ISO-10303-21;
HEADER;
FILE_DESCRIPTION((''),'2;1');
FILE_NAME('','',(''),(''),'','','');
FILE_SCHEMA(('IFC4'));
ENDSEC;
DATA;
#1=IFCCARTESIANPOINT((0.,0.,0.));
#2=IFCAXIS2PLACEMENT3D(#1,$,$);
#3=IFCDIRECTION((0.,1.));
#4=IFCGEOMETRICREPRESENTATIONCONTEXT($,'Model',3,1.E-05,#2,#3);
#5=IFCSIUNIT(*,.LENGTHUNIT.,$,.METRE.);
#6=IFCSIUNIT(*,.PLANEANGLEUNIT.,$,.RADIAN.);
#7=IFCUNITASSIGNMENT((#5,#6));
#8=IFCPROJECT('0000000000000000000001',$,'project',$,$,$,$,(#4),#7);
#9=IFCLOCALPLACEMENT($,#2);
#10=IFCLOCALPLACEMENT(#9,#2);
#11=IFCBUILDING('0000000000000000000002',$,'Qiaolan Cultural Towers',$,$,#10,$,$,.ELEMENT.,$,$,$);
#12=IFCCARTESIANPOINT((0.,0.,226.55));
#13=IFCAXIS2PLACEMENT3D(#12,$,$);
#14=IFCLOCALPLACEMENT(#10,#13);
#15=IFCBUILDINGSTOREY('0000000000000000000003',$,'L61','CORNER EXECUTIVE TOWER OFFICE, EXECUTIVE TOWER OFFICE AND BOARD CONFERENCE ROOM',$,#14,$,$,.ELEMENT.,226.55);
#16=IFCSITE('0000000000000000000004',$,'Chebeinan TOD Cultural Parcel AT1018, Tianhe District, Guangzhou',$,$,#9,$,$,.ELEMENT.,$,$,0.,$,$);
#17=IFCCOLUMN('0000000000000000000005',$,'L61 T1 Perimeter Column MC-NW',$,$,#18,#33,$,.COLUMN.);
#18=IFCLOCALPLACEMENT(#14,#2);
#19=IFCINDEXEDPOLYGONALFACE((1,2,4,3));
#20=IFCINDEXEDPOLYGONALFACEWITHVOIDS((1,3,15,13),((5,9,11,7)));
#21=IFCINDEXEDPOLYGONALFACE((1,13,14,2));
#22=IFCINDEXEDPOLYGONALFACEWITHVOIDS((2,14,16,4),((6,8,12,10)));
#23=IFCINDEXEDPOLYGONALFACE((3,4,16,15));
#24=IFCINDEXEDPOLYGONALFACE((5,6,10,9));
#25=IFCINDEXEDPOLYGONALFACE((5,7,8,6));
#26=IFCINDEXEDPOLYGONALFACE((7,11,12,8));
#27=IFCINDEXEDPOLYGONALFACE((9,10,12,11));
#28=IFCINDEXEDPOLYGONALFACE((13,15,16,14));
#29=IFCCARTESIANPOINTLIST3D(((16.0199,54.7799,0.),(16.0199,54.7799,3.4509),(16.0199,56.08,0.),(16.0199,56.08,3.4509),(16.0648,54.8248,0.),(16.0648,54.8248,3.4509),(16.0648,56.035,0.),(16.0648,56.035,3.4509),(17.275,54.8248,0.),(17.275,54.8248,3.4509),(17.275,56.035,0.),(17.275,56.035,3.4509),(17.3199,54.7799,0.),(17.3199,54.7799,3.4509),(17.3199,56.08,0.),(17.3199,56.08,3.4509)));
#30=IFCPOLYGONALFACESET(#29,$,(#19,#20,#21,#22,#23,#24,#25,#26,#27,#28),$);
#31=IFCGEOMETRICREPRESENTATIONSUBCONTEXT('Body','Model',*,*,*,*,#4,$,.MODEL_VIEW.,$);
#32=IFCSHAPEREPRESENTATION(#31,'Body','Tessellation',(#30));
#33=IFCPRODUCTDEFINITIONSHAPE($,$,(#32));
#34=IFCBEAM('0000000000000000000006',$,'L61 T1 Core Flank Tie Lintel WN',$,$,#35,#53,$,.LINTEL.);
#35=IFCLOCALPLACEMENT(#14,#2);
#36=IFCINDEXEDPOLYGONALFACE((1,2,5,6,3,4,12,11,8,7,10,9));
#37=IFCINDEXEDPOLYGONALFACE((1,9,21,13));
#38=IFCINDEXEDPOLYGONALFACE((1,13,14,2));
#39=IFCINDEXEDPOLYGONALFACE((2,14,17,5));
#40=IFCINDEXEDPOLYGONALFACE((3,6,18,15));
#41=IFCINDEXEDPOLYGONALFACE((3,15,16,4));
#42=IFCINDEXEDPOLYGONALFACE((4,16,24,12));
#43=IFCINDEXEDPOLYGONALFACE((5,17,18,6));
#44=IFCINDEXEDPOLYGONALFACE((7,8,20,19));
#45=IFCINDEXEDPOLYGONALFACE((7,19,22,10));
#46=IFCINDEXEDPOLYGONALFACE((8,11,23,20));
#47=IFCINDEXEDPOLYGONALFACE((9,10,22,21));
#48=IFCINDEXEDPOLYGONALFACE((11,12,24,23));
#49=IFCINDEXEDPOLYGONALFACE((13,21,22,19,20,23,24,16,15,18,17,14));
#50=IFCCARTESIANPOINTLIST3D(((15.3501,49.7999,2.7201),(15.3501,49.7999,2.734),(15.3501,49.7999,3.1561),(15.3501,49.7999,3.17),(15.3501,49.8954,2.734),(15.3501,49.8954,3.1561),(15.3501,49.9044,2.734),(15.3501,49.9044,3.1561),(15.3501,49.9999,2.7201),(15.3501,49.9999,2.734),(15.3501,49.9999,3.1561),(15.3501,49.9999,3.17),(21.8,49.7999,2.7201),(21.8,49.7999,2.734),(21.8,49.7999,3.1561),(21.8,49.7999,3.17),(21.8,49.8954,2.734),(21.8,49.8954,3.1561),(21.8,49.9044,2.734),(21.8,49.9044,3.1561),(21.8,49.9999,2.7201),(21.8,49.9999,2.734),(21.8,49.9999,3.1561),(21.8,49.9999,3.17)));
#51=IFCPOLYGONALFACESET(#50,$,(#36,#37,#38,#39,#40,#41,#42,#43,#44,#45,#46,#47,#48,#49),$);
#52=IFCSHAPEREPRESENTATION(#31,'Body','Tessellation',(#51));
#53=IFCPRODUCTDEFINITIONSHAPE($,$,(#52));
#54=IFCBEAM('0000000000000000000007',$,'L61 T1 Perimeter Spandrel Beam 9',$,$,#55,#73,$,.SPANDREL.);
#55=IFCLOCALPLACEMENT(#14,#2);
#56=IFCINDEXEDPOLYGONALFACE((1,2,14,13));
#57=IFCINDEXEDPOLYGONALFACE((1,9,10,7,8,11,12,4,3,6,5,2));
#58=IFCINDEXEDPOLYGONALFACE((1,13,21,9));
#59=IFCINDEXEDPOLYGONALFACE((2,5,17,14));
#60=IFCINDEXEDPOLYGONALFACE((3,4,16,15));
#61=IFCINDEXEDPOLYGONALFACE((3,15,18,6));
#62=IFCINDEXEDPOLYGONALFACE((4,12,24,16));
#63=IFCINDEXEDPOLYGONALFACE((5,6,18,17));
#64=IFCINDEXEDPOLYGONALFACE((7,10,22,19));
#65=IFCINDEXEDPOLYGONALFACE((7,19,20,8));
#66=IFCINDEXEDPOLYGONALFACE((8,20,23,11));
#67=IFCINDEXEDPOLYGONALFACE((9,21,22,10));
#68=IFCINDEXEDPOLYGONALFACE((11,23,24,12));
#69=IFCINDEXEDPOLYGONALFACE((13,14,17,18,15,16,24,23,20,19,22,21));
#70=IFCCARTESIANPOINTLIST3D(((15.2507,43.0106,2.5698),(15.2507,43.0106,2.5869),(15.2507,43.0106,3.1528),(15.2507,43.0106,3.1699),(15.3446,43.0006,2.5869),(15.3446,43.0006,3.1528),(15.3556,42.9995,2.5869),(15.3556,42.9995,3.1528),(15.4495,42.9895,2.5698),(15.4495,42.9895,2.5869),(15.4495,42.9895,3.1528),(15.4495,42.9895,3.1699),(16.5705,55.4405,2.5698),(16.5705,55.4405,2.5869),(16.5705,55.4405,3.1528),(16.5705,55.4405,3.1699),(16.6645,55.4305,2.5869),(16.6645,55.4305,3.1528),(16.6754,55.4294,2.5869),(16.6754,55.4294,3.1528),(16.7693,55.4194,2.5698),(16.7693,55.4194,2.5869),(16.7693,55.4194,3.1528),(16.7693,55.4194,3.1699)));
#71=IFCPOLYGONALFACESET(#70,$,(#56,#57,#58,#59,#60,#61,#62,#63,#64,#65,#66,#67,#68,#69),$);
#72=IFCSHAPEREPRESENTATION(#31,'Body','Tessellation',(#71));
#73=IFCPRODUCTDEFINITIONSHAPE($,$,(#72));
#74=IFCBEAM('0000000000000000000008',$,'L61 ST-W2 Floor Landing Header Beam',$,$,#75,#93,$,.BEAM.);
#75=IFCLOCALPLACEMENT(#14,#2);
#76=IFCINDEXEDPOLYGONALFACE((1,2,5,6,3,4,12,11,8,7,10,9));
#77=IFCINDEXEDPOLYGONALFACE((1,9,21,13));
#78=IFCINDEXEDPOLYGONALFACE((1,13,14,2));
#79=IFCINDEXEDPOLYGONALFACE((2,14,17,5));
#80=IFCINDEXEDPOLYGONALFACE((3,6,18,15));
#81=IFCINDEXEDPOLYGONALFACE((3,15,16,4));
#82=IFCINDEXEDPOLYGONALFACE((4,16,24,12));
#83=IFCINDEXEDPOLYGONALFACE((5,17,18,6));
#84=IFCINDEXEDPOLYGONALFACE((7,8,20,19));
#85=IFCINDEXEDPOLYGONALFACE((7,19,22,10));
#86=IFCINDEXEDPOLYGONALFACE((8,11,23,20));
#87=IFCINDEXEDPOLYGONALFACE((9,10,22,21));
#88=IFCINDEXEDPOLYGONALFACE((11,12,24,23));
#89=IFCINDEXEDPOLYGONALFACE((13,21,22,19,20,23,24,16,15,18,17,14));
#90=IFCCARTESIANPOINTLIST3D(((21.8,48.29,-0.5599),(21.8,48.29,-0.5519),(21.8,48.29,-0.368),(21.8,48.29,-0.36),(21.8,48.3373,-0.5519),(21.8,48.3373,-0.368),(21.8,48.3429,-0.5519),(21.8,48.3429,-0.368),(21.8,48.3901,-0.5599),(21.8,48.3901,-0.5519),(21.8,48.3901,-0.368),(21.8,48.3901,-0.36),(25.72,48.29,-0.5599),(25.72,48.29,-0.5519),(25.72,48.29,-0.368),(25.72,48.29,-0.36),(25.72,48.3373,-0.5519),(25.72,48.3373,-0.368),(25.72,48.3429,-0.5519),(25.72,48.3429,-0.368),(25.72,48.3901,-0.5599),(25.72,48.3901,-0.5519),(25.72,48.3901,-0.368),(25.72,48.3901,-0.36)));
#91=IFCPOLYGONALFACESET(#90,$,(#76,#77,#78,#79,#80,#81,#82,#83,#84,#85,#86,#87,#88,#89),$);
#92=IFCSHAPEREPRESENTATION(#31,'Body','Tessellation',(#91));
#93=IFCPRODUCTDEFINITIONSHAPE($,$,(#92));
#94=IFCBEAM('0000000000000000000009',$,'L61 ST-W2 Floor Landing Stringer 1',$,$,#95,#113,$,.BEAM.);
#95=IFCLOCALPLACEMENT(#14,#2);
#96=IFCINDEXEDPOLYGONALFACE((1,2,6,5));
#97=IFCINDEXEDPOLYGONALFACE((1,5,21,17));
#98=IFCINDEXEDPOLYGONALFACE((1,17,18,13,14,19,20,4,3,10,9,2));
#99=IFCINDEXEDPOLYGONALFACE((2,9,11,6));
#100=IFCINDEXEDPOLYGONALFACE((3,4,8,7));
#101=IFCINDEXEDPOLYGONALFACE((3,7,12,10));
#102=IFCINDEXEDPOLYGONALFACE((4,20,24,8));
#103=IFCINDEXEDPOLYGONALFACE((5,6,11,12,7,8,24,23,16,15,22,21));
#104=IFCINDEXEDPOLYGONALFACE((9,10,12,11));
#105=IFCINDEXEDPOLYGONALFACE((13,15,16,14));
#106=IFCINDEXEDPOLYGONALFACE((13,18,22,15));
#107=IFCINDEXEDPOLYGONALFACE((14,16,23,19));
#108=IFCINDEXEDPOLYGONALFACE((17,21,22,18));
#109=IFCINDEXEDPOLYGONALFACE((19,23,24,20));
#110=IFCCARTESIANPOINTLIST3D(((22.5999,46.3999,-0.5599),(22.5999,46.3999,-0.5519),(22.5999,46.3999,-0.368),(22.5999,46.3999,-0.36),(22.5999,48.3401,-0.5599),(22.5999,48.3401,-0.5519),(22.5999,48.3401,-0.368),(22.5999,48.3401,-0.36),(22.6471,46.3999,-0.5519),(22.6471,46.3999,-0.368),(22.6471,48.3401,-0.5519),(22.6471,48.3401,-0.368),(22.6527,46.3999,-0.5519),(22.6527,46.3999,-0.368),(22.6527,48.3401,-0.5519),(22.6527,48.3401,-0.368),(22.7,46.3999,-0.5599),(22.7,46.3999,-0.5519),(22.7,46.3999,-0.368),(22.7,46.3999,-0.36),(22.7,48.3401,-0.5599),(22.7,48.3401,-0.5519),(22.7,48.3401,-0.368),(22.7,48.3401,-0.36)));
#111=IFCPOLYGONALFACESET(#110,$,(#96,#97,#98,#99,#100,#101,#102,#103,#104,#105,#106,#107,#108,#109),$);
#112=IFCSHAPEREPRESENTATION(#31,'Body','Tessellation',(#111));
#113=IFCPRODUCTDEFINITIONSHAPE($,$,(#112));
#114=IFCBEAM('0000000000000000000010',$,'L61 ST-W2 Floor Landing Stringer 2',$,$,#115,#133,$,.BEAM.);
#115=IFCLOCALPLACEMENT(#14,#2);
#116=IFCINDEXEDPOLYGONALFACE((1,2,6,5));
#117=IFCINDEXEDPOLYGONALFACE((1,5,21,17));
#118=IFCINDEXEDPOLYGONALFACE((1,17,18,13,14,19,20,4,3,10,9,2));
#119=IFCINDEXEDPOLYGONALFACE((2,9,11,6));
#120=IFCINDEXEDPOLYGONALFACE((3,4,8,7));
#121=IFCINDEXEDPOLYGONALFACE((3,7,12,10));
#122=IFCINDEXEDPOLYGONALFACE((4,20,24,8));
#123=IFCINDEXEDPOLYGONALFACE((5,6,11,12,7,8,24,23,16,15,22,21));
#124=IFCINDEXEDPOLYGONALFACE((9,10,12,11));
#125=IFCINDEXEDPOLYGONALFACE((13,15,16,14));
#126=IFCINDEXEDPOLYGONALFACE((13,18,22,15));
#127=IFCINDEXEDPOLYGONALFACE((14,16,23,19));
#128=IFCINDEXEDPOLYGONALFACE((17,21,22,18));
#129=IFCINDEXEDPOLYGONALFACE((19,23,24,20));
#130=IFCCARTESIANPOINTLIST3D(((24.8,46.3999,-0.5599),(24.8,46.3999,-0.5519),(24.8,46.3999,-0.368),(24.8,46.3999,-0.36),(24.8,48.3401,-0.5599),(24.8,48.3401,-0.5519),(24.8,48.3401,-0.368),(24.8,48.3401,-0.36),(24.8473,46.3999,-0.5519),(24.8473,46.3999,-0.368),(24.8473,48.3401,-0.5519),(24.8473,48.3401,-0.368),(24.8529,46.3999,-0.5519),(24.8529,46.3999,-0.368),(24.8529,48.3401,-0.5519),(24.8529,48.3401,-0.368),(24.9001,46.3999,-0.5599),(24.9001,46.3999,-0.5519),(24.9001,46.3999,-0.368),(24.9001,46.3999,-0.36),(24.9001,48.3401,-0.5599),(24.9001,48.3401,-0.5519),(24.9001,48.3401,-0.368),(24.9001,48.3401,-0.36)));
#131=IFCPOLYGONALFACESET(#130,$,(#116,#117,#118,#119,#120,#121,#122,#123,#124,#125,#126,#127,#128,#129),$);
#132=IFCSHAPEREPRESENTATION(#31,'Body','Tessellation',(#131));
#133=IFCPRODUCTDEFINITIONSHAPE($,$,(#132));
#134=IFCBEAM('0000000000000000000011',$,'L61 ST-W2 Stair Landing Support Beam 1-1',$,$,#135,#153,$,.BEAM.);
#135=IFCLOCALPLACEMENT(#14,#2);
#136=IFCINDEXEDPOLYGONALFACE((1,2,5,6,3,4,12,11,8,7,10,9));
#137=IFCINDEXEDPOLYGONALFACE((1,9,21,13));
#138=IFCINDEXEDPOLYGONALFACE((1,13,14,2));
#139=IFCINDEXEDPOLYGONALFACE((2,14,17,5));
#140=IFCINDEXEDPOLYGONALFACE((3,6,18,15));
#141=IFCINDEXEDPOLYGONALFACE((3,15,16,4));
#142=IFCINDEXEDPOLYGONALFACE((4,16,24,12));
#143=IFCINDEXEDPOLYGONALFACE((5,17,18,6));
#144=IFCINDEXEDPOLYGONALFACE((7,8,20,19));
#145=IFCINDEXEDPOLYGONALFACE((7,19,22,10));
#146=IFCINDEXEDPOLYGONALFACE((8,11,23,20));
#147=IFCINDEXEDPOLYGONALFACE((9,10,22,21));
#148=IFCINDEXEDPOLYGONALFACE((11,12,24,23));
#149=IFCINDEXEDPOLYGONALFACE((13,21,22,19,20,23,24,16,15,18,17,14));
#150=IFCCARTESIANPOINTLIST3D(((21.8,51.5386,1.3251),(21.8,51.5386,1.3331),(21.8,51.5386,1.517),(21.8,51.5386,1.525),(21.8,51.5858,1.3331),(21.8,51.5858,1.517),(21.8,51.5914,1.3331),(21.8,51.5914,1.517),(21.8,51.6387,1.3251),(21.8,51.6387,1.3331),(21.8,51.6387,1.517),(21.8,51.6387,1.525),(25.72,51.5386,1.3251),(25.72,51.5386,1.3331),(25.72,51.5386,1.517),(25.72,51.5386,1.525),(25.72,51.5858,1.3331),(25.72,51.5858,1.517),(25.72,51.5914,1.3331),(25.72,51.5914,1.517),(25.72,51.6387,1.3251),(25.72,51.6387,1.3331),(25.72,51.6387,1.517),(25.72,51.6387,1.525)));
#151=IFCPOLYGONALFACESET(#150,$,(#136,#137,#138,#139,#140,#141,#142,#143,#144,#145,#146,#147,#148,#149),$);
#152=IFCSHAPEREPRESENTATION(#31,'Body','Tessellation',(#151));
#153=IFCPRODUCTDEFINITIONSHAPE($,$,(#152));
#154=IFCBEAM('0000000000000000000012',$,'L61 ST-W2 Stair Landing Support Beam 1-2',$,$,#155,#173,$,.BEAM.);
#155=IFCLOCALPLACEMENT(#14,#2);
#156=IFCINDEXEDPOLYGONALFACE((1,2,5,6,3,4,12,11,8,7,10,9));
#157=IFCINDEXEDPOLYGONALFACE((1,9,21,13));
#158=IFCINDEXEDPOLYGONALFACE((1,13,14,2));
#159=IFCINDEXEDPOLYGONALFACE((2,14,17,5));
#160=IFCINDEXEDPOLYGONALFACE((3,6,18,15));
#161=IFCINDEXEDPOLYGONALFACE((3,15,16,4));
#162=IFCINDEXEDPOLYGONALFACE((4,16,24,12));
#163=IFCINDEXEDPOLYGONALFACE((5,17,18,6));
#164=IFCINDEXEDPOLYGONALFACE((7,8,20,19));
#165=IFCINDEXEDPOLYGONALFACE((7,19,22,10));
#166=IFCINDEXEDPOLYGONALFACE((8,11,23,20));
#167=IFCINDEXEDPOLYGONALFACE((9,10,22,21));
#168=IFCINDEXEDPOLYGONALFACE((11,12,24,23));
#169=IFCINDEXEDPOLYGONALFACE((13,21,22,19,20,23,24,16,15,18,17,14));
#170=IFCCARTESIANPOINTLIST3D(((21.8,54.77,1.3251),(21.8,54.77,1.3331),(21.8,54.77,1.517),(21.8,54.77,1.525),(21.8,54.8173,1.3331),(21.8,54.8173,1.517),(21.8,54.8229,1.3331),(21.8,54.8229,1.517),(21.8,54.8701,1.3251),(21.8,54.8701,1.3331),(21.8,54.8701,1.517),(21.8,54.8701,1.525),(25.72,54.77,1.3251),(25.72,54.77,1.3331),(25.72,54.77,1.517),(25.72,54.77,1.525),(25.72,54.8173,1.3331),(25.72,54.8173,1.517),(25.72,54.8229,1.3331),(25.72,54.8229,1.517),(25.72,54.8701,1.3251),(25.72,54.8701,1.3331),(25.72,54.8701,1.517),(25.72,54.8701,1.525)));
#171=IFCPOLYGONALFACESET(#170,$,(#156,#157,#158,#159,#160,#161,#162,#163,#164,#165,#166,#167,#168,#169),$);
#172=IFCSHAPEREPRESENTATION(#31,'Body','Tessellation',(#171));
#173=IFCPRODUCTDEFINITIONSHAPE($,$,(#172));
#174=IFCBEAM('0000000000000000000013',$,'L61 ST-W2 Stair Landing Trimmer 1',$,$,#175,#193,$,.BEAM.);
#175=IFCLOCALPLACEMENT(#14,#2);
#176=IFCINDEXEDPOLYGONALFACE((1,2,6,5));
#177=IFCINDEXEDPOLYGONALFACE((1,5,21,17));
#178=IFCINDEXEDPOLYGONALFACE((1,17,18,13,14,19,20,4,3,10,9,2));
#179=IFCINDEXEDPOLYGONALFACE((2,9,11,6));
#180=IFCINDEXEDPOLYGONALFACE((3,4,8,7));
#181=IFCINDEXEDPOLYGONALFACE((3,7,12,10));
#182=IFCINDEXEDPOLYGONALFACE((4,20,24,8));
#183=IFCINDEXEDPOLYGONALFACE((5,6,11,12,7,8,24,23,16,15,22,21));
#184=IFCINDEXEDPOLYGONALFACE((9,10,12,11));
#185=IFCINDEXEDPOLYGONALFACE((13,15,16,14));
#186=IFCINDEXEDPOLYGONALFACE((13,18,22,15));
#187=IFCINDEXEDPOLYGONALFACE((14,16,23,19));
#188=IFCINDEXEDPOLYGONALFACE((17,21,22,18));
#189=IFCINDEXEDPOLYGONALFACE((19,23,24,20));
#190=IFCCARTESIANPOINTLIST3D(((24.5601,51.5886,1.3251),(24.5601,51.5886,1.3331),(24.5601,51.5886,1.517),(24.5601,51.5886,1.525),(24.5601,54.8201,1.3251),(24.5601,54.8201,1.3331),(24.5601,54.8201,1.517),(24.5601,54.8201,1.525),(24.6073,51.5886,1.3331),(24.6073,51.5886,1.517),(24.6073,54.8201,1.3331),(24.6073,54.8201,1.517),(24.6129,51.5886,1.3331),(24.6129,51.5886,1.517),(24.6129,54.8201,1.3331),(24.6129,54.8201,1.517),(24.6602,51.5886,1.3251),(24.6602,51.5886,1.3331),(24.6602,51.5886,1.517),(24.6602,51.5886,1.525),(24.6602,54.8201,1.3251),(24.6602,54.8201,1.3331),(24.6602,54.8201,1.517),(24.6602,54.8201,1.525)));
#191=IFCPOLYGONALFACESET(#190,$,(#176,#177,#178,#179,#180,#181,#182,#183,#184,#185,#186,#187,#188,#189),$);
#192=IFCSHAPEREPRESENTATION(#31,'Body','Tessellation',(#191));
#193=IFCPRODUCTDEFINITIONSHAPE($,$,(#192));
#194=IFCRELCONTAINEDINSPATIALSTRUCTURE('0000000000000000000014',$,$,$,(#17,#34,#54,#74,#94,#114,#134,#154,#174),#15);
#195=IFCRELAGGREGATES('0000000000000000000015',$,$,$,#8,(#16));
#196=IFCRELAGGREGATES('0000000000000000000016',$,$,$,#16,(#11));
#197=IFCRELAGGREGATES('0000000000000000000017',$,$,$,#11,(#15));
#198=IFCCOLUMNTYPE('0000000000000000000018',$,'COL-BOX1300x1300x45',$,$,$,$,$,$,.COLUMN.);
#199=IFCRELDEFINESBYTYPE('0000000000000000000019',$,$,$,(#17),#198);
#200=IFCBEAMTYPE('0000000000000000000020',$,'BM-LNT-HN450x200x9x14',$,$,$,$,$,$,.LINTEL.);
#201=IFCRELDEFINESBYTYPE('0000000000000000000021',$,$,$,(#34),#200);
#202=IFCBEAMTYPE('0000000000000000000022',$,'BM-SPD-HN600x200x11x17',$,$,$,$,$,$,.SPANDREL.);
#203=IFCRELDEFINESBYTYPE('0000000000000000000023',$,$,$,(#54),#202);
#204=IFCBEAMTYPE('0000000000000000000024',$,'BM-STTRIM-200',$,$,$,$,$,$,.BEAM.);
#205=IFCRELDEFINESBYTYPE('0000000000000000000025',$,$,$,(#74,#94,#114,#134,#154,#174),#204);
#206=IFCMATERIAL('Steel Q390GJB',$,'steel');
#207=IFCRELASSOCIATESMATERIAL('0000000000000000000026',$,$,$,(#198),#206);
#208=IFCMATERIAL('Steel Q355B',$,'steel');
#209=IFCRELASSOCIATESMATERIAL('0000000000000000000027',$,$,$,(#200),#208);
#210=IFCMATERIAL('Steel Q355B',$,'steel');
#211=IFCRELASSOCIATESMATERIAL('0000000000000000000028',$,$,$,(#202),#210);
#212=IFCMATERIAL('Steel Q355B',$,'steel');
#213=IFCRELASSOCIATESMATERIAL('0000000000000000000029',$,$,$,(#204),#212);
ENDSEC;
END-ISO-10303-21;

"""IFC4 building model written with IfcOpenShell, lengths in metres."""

from ifc_helpers import new_model, si_unit, direction, frame, origin, origin_2d, place, context, subcontext, project, spatial, hollow_rectangle, i_section, extrude, material, material_profile, profile_set, type_object, element, save


model = new_model("IFC4")

# Units and contexts
model_context = context("Model", 3, precision=1e-05, world=origin(), true_north=direction((0.0, 1.0)))
body_context = subcontext(model_context, "Body", "Model", "MODEL_VIEW")
ifc_project = project(units=[si_unit("LENGTHUNIT", "METRE"), si_unit("PLANEANGLEUNIT", "RADIAN")], contexts=[model_context])

# Site, building, storey
site_placement = place(None, origin())
site = spatial("IfcSite", under=ifc_project, at=site_placement, Name="Chebeinan TOD Cultural Parcel AT1018, Tianhe District, Guangzhou", CompositionType="ELEMENT", RefElevation=0.0)
building_placement = place(site_placement, origin())
building = spatial("IfcBuilding", under=site, at=building_placement, Name="Qiaolan Cultural Towers", CompositionType="ELEMENT")
storey_placement = place(building_placement, frame((0.0, 0.0, 226.55)))
storey = spatial("IfcBuildingStorey", under=building, at=storey_placement, Name="L61", Description="CORNER EXECUTIVE TOWER OFFICE, EXECUTIVE TOWER OFFICE AND BOARD CONFERENCE ROOM", CompositionType="ELEMENT", Elevation=226.55)

# Column
ifc_material_1 = material(Name="Steel Q390GJB", Category="steel")
ifc_material_profile_1 = material_profile(ifc_material_1, hollow_rectangle(XDim=1.3, YDim=1.3, WallThickness=0.0449, at=origin_2d()), Name="BOX1300x1300x45")
ifc_profile_set_1 = profile_set([ifc_material_profile_1], Name="Steel Q390GJB")
column_type = type_object("IfcColumnType", Name="COL-BOX1300x1300x45", PredefinedType="COLUMN", material=ifc_profile_set_1)
column_placement = place(storey_placement, frame((16.6699, 55.4299, 0.0), z_axis=(0.0, 0.0, 1.0), x_axis=(1.0, 0.0, 0.0)))
element("IfcColumn", 1, at=column_placement, inside=storey, type_object=column_type, Name="L61 T1 Perimeter Column MC-NW", PredefinedType="COLUMN", context=body_context, shape_type="SweptSolid", body=[
    extrude(hollow_rectangle(XDim=1.3, YDim=1.3, WallThickness=0.0449, at=origin_2d()), origin(), (0.0, 0.0, 1.0), 3.4509),
])

# Beams
ifc_material_2 = material(Name="Steel Q355B", Category="steel")
ifc_material_profile_2 = material_profile(ifc_material_2, i_section(OverallWidth=0.2, OverallDepth=0.45, WebThickness=0.009, FlangeThickness=0.0139, at=origin_2d()), Name="HN450x200x9x14")
ifc_profile_set_2 = profile_set([ifc_material_profile_2], Name="Steel Q355B")
beam_type_1 = type_object("IfcBeamType", Name="BM-LNT-HN450x200x9x14", PredefinedType="LINTEL", material=ifc_profile_set_2)
beam_1_placement = place(storey_placement, frame((21.8, 49.8999, 2.9451), z_axis=(-1.0, 0.0, 0.0), x_axis=(0.0, -1.0, 0.0)))
element("IfcBeam", 2, at=beam_1_placement, inside=storey, type_object=beam_type_1, Name="L61 T1 Core Flank Tie Lintel WN", PredefinedType="LINTEL", context=body_context, shape_type="SweptSolid", body=[
    extrude(i_section(OverallWidth=0.2, OverallDepth=0.45, WebThickness=0.009, FlangeThickness=0.0139, at=origin_2d()), origin(), (0.0, 0.0, 1.0), 6.45),
])
ifc_material_3 = material(Name="Steel Q355B", Category="steel")
ifc_material_profile_3 = material_profile(ifc_material_3, i_section(OverallWidth=0.2, OverallDepth=0.6001, WebThickness=0.011, FlangeThickness=0.0171, at=origin_2d()), Name="HN600x200x11x17")
ifc_profile_set_3 = profile_set([ifc_material_profile_3], Name="Steel Q355B")
beam_type_2 = type_object("IfcBeamType", Name="BM-SPD-HN600x200x11x17", PredefinedType="SPANDREL", material=ifc_profile_set_3)
beam_2_placement = place(storey_placement, frame((16.6699, 55.4299, 2.8699), z_axis=(-0.105588, -0.99441, 0.0), x_axis=(0.99441, -0.105588, 0.0)))
element("IfcBeam", 3, at=beam_2_placement, inside=storey, type_object=beam_type_2, Name="L61 T1 Perimeter Spandrel Beam 9", PredefinedType="SPANDREL", context=body_context, shape_type="SweptSolid", body=[
    extrude(i_section(OverallWidth=0.2, OverallDepth=0.6001, WebThickness=0.011, FlangeThickness=0.0171, at=origin_2d()), origin(), (0.0, 0.0, 1.0), 12.4998),
])
ifc_material_4 = material(Name="Steel Q355B", Category="steel")
ifc_material_profile_4 = material_profile(ifc_material_4, i_section(OverallWidth=0.1001, OverallDepth=0.2, WebThickness=0.0056, FlangeThickness=0.0081, at=origin_2d()), Name="HN200x100x5.5x8")
ifc_profile_set_4 = profile_set([ifc_material_profile_4], Name="Steel Q355B")
beam_type_3 = type_object("IfcBeamType", Name="BM-STTRIM-200", PredefinedType="BEAM", material=ifc_profile_set_4)
beam_3_placement = place(storey_placement, frame((21.8, 48.3401, -0.46), z_axis=(1.0, 0.0, 0.0), x_axis=(0.0, 1.0, 0.0)))
element("IfcBeam", 4, at=beam_3_placement, inside=storey, type_object=beam_type_3, Name="L61 ST-W2 Floor Landing Header Beam", PredefinedType="BEAM", context=body_context, shape_type="SweptSolid", body=[
    extrude(i_section(OverallWidth=0.1001, OverallDepth=0.2, WebThickness=0.0056, FlangeThickness=0.0081, at=origin_2d()), origin(), (0.0, 0.0, 1.0), 3.9199),
])
for number, where, z_axis, x_axis, name in (
    (5, (22.6499, 46.3999, -0.46), (0.0, 1.0, 0.0), (-1.0, 0.0, 0.0), "L61 ST-W2 Floor Landing Stringer 1"),
    (6, (24.8501, 46.3999, -0.46), (0.0, 1.0, 0.0), (-1.0, 0.0, 0.0), "L61 ST-W2 Floor Landing Stringer 2"),
):
    element("IfcBeam", number, at=place(storey_placement, frame(where, z_axis=z_axis, x_axis=x_axis)), inside=storey, type_object=beam_type_3, Name=name, PredefinedType="BEAM", context=body_context, shape_type="SweptSolid", body=[
        extrude(i_section(OverallWidth=0.1001, OverallDepth=0.2, WebThickness=0.0056, FlangeThickness=0.0081, at=origin_2d()), origin(), (0.0, 0.0, 1.0), 1.9402),
    ])
for number, where, z_axis, x_axis, name in (
    (7, (21.8, 51.5886, 1.425), (1.0, 0.0, 0.0), (0.0, 1.0, 0.0), "L61 ST-W2 Stair Landing Support Beam 1-1"),
    (8, (21.8, 54.8201, 1.425), (1.0, 0.0, 0.0), (0.0, 1.0, 0.0), "L61 ST-W2 Stair Landing Support Beam 1-2"),
):
    element("IfcBeam", number, at=place(storey_placement, frame(where, z_axis=z_axis, x_axis=x_axis)), inside=storey, type_object=beam_type_3, Name=name, PredefinedType="BEAM", context=body_context, shape_type="SweptSolid", body=[
        extrude(i_section(OverallWidth=0.1001, OverallDepth=0.2, WebThickness=0.0056, FlangeThickness=0.0081, at=origin_2d()), origin(), (0.0, 0.0, 1.0), 3.9199),
    ])
beam_4_placement = place(storey_placement, frame((24.6101, 51.5886, 1.425), z_axis=(0.0, 1.0, 0.0), x_axis=(-1.0, 0.0, 0.0)))
element("IfcBeam", 9, at=beam_4_placement, inside=storey, type_object=beam_type_3, Name="L61 ST-W2 Stair Landing Trimmer 1", PredefinedType="BEAM", context=body_context, shape_type="SweptSolid", body=[
    extrude(i_section(OverallWidth=0.1001, OverallDepth=0.2, WebThickness=0.0056, FlangeThickness=0.0081, at=origin_2d()), origin(), (0.0, 0.0, 1.0), 3.2314),
])

save(model, "model.ifc")
